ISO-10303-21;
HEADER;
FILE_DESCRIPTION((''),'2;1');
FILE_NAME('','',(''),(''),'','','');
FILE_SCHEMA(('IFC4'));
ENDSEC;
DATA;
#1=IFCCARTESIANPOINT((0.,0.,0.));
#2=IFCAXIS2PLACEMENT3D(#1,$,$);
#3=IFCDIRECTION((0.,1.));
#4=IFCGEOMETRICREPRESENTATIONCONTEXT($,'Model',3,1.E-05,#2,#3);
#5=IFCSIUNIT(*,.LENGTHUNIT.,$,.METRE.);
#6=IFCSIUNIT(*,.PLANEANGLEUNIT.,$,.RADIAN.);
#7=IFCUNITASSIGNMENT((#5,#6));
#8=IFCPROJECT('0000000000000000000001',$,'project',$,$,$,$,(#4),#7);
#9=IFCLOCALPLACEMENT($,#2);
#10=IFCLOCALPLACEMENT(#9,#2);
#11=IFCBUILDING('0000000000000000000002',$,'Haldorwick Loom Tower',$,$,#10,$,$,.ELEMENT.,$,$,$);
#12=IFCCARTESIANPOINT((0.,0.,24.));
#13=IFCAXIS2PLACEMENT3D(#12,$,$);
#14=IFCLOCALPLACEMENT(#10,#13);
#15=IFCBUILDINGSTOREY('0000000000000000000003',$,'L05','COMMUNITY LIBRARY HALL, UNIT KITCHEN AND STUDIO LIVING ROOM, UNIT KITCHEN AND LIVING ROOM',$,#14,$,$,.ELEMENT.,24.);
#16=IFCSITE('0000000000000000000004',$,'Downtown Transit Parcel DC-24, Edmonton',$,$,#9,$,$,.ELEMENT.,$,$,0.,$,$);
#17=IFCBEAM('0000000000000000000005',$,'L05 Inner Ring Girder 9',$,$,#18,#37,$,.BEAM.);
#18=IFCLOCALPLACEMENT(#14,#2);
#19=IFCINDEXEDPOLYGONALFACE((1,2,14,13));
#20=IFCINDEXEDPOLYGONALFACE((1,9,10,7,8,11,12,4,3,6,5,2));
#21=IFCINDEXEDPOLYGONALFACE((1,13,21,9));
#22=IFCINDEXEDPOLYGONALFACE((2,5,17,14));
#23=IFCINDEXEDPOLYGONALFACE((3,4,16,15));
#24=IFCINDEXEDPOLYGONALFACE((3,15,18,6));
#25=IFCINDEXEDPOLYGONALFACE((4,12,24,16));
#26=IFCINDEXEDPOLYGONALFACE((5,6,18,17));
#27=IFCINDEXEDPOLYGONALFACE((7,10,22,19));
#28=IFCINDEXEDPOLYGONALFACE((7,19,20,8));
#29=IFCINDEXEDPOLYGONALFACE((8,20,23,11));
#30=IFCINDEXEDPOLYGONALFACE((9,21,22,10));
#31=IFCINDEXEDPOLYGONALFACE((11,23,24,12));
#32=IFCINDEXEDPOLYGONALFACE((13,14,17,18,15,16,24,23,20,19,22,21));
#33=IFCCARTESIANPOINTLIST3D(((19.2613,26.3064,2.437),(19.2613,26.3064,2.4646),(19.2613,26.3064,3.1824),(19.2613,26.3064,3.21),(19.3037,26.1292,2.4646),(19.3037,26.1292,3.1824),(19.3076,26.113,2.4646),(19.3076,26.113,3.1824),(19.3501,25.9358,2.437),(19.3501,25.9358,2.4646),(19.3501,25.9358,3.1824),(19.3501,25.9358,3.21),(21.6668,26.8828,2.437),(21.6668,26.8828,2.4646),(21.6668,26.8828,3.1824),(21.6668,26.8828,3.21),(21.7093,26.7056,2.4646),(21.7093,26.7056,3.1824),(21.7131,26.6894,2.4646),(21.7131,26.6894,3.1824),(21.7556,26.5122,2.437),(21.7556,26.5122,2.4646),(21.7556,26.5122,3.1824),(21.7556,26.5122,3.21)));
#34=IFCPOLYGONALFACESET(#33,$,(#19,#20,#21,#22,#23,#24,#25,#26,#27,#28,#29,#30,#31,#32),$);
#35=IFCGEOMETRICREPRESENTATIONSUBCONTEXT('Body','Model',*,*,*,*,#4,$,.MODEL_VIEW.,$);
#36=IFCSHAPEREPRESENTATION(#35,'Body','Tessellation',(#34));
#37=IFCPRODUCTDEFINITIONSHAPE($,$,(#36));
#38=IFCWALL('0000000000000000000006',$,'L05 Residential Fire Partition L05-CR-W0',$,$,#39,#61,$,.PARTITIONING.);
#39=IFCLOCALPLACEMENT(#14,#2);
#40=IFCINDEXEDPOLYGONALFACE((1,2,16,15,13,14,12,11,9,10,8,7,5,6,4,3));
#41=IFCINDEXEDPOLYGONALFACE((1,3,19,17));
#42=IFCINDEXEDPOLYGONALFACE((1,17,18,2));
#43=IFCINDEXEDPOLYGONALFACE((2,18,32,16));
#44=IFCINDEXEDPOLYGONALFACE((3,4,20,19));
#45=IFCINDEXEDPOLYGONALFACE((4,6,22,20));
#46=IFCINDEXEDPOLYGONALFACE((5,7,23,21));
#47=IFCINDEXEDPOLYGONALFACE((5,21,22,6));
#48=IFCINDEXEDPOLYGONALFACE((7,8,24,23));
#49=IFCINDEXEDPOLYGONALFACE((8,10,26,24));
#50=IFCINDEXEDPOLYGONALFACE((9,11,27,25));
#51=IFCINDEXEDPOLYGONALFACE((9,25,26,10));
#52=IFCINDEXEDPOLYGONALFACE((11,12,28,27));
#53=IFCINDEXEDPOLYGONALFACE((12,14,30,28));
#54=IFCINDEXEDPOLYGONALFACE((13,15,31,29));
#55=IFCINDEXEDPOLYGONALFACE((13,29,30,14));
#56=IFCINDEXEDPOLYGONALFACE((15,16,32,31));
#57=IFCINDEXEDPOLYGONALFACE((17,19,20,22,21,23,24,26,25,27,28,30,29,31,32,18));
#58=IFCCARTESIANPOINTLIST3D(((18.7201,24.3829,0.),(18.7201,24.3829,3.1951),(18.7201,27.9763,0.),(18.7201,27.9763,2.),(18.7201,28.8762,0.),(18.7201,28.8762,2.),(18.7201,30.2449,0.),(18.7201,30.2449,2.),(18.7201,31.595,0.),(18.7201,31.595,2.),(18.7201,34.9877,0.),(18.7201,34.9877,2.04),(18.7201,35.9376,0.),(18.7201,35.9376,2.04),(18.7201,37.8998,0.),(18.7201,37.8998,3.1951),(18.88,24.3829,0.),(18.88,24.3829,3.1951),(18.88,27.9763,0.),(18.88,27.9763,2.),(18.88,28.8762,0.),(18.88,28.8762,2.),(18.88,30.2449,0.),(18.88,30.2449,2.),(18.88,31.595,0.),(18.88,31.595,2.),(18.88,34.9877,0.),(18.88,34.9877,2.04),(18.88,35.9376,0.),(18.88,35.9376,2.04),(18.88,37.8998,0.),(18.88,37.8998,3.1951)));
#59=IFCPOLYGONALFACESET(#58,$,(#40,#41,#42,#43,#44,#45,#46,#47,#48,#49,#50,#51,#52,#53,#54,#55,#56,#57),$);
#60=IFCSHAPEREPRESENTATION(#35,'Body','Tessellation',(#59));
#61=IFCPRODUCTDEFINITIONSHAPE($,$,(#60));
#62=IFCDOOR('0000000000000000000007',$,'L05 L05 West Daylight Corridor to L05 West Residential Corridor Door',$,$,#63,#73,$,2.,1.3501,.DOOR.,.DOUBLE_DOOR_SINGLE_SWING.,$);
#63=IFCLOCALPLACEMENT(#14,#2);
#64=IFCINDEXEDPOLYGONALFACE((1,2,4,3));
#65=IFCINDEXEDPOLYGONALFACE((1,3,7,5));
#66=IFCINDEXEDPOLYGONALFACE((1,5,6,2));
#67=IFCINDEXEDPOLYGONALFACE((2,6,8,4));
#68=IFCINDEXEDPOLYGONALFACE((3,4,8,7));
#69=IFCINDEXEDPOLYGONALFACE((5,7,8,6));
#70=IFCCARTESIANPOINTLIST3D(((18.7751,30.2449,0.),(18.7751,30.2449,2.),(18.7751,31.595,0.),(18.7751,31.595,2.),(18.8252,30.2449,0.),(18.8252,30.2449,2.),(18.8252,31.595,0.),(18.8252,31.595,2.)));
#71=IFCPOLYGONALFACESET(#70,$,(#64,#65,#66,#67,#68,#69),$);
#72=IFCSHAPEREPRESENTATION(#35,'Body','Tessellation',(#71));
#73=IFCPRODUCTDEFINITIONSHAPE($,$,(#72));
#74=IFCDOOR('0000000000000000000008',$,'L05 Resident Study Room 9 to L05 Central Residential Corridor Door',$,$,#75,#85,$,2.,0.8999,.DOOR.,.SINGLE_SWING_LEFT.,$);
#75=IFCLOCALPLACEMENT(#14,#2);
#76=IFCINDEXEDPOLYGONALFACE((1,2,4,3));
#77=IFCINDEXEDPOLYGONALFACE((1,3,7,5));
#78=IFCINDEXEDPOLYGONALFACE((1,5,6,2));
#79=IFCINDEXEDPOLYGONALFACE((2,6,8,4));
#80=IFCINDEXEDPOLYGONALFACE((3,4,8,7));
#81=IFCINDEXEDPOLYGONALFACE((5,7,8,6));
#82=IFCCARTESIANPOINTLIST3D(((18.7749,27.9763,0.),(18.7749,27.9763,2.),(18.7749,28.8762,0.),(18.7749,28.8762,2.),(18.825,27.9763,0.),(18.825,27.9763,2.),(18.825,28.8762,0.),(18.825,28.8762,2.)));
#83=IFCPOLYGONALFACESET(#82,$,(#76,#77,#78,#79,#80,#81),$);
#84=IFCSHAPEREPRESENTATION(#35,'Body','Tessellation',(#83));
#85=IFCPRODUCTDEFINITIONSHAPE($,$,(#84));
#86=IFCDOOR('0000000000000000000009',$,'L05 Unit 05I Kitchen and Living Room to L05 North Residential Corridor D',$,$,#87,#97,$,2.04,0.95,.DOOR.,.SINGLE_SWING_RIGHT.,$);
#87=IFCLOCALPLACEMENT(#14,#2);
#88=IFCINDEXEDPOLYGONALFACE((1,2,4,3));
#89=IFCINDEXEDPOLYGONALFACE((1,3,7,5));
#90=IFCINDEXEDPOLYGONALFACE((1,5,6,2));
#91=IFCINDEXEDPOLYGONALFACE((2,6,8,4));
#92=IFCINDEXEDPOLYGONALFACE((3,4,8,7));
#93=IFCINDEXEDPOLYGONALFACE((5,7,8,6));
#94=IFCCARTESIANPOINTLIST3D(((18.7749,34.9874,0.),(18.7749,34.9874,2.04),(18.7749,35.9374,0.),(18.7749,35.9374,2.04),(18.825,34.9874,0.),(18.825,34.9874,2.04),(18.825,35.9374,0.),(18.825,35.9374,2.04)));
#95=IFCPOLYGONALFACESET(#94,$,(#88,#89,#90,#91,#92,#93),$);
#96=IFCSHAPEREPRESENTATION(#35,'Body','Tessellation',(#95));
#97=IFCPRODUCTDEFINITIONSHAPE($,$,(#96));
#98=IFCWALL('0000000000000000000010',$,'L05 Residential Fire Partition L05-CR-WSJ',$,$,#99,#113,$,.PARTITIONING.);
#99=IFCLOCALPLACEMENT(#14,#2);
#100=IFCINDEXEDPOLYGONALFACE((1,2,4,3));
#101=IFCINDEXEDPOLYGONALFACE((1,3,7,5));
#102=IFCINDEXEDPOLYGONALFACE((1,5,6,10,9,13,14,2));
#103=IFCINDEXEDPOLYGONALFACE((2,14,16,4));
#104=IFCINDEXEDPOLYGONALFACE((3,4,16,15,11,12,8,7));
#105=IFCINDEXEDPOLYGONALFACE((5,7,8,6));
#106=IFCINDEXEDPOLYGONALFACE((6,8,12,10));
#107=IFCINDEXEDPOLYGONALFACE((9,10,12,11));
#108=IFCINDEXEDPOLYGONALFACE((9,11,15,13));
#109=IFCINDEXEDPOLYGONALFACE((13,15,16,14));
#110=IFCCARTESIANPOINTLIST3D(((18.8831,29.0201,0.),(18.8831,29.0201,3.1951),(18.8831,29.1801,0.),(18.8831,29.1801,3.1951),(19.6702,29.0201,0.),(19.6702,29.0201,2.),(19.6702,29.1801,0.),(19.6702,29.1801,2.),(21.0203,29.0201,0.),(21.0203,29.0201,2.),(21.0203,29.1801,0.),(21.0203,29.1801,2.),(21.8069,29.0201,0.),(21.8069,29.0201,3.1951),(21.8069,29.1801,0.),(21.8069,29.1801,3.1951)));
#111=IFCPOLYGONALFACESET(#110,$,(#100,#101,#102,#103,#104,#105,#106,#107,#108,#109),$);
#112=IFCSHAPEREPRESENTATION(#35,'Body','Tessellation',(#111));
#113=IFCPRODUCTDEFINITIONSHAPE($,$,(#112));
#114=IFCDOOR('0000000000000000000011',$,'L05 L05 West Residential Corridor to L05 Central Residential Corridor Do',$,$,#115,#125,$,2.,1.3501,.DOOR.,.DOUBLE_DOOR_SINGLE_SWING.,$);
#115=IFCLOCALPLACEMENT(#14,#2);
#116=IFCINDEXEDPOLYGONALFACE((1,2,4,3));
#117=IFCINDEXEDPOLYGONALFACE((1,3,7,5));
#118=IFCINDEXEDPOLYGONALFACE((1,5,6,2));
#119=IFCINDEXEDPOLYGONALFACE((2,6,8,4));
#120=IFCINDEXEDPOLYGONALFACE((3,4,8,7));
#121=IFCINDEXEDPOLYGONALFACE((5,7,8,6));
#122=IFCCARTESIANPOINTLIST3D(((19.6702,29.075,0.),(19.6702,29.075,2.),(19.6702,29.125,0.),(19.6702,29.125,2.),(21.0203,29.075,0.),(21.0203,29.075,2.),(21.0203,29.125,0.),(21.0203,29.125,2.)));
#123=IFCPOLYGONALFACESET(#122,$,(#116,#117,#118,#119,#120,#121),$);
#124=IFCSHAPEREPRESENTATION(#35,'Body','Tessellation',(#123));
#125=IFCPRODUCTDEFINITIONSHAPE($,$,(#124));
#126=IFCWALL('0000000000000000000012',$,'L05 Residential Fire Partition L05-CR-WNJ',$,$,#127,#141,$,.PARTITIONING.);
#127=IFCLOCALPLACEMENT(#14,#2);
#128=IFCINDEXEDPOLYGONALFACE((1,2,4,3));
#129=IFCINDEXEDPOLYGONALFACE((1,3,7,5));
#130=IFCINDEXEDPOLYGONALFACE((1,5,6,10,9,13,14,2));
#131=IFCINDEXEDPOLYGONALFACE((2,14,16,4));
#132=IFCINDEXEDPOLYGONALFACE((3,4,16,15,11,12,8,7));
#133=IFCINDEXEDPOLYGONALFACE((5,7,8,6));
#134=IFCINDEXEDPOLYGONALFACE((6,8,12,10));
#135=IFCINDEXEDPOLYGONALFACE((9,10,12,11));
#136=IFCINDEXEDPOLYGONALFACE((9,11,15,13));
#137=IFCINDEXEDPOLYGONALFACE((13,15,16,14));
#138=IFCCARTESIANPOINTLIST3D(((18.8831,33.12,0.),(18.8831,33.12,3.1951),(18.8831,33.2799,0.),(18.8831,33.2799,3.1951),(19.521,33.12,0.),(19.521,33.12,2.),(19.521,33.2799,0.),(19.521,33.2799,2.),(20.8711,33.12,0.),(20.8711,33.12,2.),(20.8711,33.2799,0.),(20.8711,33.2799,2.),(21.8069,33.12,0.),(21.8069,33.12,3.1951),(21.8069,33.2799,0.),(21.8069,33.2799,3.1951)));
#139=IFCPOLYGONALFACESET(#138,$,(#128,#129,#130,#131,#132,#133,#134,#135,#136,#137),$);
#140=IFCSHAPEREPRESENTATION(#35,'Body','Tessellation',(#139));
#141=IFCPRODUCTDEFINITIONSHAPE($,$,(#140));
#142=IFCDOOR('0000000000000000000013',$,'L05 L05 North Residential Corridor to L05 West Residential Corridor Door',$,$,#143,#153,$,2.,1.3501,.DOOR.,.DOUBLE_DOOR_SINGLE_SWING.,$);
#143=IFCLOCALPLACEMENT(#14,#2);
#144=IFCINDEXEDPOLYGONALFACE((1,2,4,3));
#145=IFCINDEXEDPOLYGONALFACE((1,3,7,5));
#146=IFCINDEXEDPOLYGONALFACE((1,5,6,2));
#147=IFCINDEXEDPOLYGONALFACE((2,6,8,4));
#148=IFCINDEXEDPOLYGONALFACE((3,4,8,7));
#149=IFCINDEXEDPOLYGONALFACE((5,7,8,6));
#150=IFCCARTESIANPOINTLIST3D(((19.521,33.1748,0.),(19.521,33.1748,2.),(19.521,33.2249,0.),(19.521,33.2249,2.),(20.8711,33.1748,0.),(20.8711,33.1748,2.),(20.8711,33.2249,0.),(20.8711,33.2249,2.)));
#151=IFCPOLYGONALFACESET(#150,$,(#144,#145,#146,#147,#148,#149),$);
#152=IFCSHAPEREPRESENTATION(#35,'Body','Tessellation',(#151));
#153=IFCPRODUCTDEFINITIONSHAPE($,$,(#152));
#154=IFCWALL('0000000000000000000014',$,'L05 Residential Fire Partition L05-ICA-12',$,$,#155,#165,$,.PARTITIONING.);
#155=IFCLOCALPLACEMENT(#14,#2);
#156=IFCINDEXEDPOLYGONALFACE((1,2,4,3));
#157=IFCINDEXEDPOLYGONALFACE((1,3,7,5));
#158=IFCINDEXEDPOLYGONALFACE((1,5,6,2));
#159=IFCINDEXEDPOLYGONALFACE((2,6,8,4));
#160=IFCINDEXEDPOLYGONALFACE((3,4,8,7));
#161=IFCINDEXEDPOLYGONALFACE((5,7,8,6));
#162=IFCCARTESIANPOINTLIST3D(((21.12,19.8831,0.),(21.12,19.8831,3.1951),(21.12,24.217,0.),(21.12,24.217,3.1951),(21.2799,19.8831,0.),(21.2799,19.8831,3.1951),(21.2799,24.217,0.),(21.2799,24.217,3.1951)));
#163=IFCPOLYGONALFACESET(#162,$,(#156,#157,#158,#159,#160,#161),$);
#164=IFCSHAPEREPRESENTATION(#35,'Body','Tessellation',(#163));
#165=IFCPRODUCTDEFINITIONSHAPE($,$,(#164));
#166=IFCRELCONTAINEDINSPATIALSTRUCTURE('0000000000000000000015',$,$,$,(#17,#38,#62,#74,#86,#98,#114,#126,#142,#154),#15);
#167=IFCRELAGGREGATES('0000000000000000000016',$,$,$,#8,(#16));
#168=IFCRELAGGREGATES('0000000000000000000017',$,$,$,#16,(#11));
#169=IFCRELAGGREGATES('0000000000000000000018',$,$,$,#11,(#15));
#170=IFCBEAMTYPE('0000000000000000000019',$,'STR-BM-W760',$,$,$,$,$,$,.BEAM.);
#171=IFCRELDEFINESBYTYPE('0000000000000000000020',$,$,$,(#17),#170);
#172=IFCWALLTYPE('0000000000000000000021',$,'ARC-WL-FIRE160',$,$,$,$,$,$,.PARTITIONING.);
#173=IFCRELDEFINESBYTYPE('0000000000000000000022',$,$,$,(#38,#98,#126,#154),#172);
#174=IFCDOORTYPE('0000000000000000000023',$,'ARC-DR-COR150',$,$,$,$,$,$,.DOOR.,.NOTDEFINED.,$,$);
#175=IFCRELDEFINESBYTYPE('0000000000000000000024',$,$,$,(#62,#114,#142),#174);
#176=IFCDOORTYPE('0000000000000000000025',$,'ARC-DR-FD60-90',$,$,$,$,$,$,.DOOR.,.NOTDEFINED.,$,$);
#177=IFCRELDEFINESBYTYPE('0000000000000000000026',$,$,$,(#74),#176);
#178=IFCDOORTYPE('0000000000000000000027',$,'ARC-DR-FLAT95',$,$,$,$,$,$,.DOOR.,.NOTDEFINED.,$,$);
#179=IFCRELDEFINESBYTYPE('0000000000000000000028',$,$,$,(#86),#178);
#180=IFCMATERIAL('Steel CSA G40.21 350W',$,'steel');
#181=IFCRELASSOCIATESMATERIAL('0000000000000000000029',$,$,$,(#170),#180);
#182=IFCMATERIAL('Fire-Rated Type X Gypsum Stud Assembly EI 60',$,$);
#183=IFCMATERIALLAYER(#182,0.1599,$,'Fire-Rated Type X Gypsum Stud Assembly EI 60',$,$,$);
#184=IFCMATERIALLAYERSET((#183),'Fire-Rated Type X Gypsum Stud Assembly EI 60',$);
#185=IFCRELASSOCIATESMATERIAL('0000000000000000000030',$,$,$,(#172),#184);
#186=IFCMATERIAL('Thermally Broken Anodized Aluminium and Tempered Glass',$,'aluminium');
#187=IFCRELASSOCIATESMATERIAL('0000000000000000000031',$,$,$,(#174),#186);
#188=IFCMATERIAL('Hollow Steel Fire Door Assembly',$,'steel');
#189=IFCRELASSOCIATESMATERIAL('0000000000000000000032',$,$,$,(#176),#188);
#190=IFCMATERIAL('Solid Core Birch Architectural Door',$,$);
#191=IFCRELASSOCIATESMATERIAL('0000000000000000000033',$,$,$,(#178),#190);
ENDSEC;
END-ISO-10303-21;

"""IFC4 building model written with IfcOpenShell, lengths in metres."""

from ifc_helpers import new_model, si_unit, direction, frame, frame_2d, origin, origin_2d, place, context, subcontext, project, spatial, rectangle, i_section, extrude, material, layer, layer_set, material_profile, profile_set, type_object, element, fill, save


model = new_model("IFC4")

# Units and contexts
model_context = context("Model", 3, precision=1e-05, world=origin(), true_north=direction((0.0, 1.0)))
body_context = subcontext(model_context, "Body", "Model", "MODEL_VIEW")
ifc_project = project(units=[si_unit("LENGTHUNIT", "METRE"), si_unit("PLANEANGLEUNIT", "RADIAN")], contexts=[model_context])

# Site, building, storey
site_placement = place(None, origin())
site = spatial("IfcSite", under=ifc_project, at=site_placement, Name="Downtown Transit Parcel DC-24, Edmonton", CompositionType="ELEMENT", RefElevation=0.0)
building_placement = place(site_placement, origin())
building = spatial("IfcBuilding", under=site, at=building_placement, Name="Haldorwick Loom Tower", CompositionType="ELEMENT")
storey_placement = place(building_placement, frame((0.0, 0.0, 24.0)))
storey = spatial("IfcBuildingStorey", under=building, at=storey_placement, Name="L05", Description="COMMUNITY LIBRARY HALL, UNIT KITCHEN AND STUDIO LIVING ROOM, UNIT KITCHEN AND LIVING ROOM", CompositionType="ELEMENT", Elevation=24.0)

# Beam
ifc_material_1 = material(Name="Steel CSA G40.21 350W", Category="steel")
ifc_material_profile_1 = material_profile(ifc_material_1, i_section(OverallWidth=0.3811, OverallDepth=0.7729, WebThickness=0.0166, FlangeThickness=0.0276, at=origin_2d()), Name="W760X257", Category="steel")
ifc_profile_set_1 = profile_set([ifc_material_profile_1], Name="Steel CSA G40.21 350W")
beam_type_1 = type_object("IfcBeamType", Name="STR-BM-W760", PredefinedType="BEAM", material=ifc_profile_set_1)
beam_1_placement = place(storey_placement, frame((19.3057, 26.1211, 2.8235), z_axis=(0.972471, 0.233026, 0.0), x_axis=(-0.233026, 0.972471, 0.0)))
element("IfcBeam", 1, at=beam_1_placement, inside=storey, type_object=beam_type_1, Name="L05 Inner Ring Girder 9", PredefinedType="BEAM", context=body_context, shape_type="SweptSolid", body=[
    extrude(i_section(OverallWidth=0.3811, OverallDepth=0.7729, WebThickness=0.0166, FlangeThickness=0.0276, at=origin_2d()), origin(), (0.0, 0.0, 1.0), 2.4736),
])

# Wall, openings, doors
ifc_material_2 = material(Name="Fire-Rated Type X Gypsum Stud Assembly EI 60")
ifc_layer_1 = layer(ifc_material_2, 0.1599, Name="Fire-Rated Type X Gypsum Stud Assembly EI 60")
ifc_layer_set_1 = layer_set([ifc_layer_1], Name="Fire-Rated Type X Gypsum Stud Assembly EI 60")
wall_type_1 = type_object("IfcWallType", Name="ARC-WL-FIRE160", PredefinedType="PARTITIONING", material=ifc_layer_set_1)
wall_1_placement = place(storey_placement, frame((18.8, 24.3831, 0.0), z_axis=(0.0, 0.0, 1.0), x_axis=(0.0, 1.0, 0.0)))
wall_1 = element("IfcWall", 2, at=wall_1_placement, inside=storey, type_object=wall_type_1, Name="L05 Residential Fire Partition L05-CR-W0", PredefinedType="PARTITIONING", context=body_context, shape_type="SweptSolid", body=[
    extrude(rectangle(XDim=13.5168, YDim=0.1599, at=frame_2d((6.7583, 0.0))), origin(), (0.0, 0.0, 1.0), 3.1951),
])
opening_1_placement = place(wall_1_placement, frame((5.8618, 0.0, 0.0)))
opening_1 = element("IfcOpeningElement", 3, at=opening_1_placement, cuts=wall_1, PredefinedType="OPENING", context=body_context, shape_type="SweptSolid", body=[
    extrude(rectangle(XDim=1.3501, YDim=2.0, at=frame_2d((0.675, 1.0))), frame((0.0, 0.0898, 0.0), z_axis=(0.0, -1.0, 0.0), x_axis=(1.0, 0.0, 0.0)), (0.0, 0.0, 1.0), 0.1799),
])
opening_2_placement = place(wall_1_placement, frame((10.6045, 0.0, 0.0)))
opening_2 = element("IfcOpeningElement", 4, at=opening_2_placement, cuts=wall_1, PredefinedType="OPENING", context=body_context, shape_type="SweptSolid", body=[
    extrude(rectangle(XDim=0.95, YDim=2.04, at=frame_2d((0.4751, 1.02))), frame((0.0, 0.0898, 0.0), z_axis=(0.0, -1.0, 0.0), x_axis=(1.0, 0.0, 0.0)), (0.0, 0.0, 1.0), 0.1799),
])
opening_3_placement = place(wall_1_placement, frame((3.5933, 0.0, 0.0)))
opening_3 = element("IfcOpeningElement", 5, at=opening_3_placement, cuts=wall_1, PredefinedType="OPENING", context=body_context, shape_type="SweptSolid", body=[
    extrude(rectangle(XDim=0.8999, YDim=2.0, at=frame_2d((0.45, 1.0))), frame((0.0, 0.0898, 0.0), z_axis=(0.0, -1.0, 0.0), x_axis=(1.0, 0.0, 0.0)), (0.0, 0.0, 1.0), 0.1799),
])
ifc_material_3 = material(Name="Thermally Broken Anodized Aluminium and Tempered Glass", Category="aluminium")
door_type_1 = type_object("IfcDoorType", Name="ARC-DR-COR150", OperationType="NOTDEFINED", PredefinedType="DOOR", material=ifc_material_3)
door_1_placement = place(opening_1_placement, origin())
door_1 = element("IfcDoor", 6, at=door_1_placement, inside=storey, type_object=door_type_1, Name="L05 L05 West Daylight Corridor to L05 West Residential Corridor Door", OperationType="DOUBLE_DOOR_SINGLE_SWING", OverallHeight=2.0, OverallWidth=1.3501, PredefinedType="DOOR", context=body_context, shape_type="SweptSolid", body=[
    extrude(rectangle(XDim=1.3501, YDim=2.0, at=frame_2d((0.675, 1.0))), frame((0.0, 0.0249, 0.0), z_axis=(0.0, -1.0, 0.0), x_axis=(1.0, 0.0, 0.0)), (0.0, 0.0, 1.0), 0.05),
])
fill(opening_1, door_1)
ifc_material_4 = material(Name="Hollow Steel Fire Door Assembly", Category="steel")
door_type_2 = type_object("IfcDoorType", Name="ARC-DR-FD60-90", OperationType="NOTDEFINED", PredefinedType="DOOR", material=ifc_material_4)
door_2_placement = place(opening_3_placement, frame((0.8999, 0.0, 0.0), z_axis=(0.0, 0.0, 1.0), x_axis=(-1.0, 0.0, 0.0)))
door_2 = element("IfcDoor", 7, at=door_2_placement, inside=storey, type_object=door_type_2, Name="L05 Resident Study Room 9 to L05 Central Residential Corridor Door", OperationType="SINGLE_SWING_LEFT", OverallHeight=2.0, OverallWidth=0.8999, PredefinedType="DOOR", context=body_context, shape_type="SweptSolid", body=[
    extrude(rectangle(XDim=0.8999, YDim=2.0, at=frame_2d((0.45, 1.0))), frame((0.0, 0.0249, 0.0), z_axis=(0.0, -1.0, 0.0), x_axis=(1.0, 0.0, 0.0)), (0.0, 0.0, 1.0), 0.05),
])
fill(opening_3, door_2)
ifc_material_5 = material(Name="Solid Core Birch Architectural Door")
door_type_3 = type_object("IfcDoorType", Name="ARC-DR-FLAT95", OperationType="NOTDEFINED", PredefinedType="DOOR", material=ifc_material_5)
door_3_placement = place(opening_2_placement, frame((0.95, 0.0, 0.0), z_axis=(0.0, 0.0, 1.0), x_axis=(-1.0, 0.0, 0.0)))
door_3 = element("IfcDoor", 8, at=door_3_placement, inside=storey, type_object=door_type_3, Name="L05 Unit 05I Kitchen and Living Room to L05 North Residential Corridor D", OperationType="SINGLE_SWING_RIGHT", OverallHeight=2.04, OverallWidth=0.95, PredefinedType="DOOR", context=body_context, shape_type="SweptSolid", body=[
    extrude(rectangle(XDim=0.95, YDim=2.04, at=frame_2d((0.4751, 1.02))), frame((0.0, 0.0249, 0.0), z_axis=(0.0, -1.0, 0.0), x_axis=(1.0, 0.0, 0.0)), (0.0, 0.0, 1.0), 0.05),
])
fill(opening_2, door_3)

# Walls, openings, doors
wall_2_placement = place(storey_placement, frame((18.8831, 29.1001, 0.0), z_axis=(0.0, 0.0, 1.0), x_axis=(1.0, 0.0, 0.0)))
wall_2 = element("IfcWall", 9, at=wall_2_placement, inside=storey, type_object=wall_type_1, Name="L05 Residential Fire Partition L05-CR-WSJ", PredefinedType="PARTITIONING", context=body_context, shape_type="SweptSolid", body=[
    extrude(rectangle(XDim=2.9238, YDim=0.1599, at=frame_2d((1.4619, 0.0))), origin(), (0.0, 0.0, 1.0), 3.1951),
])
opening_4_placement = place(wall_2_placement, frame((0.7871, 0.0, 0.0)))
opening_4 = element("IfcOpeningElement", 10, at=opening_4_placement, cuts=wall_2, PredefinedType="OPENING", context=body_context, shape_type="SweptSolid", body=[
    extrude(rectangle(XDim=1.3501, YDim=2.0, at=frame_2d((0.675, 1.0))), frame((0.0, 0.0898, 0.0), z_axis=(0.0, -1.0, 0.0), x_axis=(1.0, 0.0, 0.0)), (0.0, 0.0, 1.0), 0.1799),
])
door_4_placement = place(opening_4_placement, origin())
door_4 = element("IfcDoor", 11, at=door_4_placement, inside=storey, type_object=door_type_1, Name="L05 L05 West Residential Corridor to L05 Central Residential Corridor Do", OperationType="DOUBLE_DOOR_SINGLE_SWING", OverallHeight=2.0, OverallWidth=1.3501, PredefinedType="DOOR", context=body_context, shape_type="SweptSolid", body=[
    extrude(rectangle(XDim=1.3501, YDim=2.0, at=frame_2d((0.675, 1.0))), frame((0.0, 0.0249, 0.0), z_axis=(0.0, -1.0, 0.0), x_axis=(1.0, 0.0, 0.0)), (0.0, 0.0, 1.0), 0.05),
])
fill(opening_4, door_4)
wall_3_placement = place(storey_placement, frame((18.8831, 33.2, 0.0), z_axis=(0.0, 0.0, 1.0), x_axis=(1.0, 0.0, 0.0)))
wall_3 = element("IfcWall", 12, at=wall_3_placement, inside=storey, type_object=wall_type_1, Name="L05 Residential Fire Partition L05-CR-WNJ", PredefinedType="PARTITIONING", context=body_context, shape_type="SweptSolid", body=[
    extrude(rectangle(XDim=2.9238, YDim=0.1599, at=frame_2d((1.4619, 0.0))), origin(), (0.0, 0.0, 1.0), 3.1951),
])
opening_5_placement = place(wall_3_placement, frame((0.6379, 0.0, 0.0)))
opening_5 = element("IfcOpeningElement", 13, at=opening_5_placement, cuts=wall_3, PredefinedType="OPENING", context=body_context, shape_type="SweptSolid", body=[
    extrude(rectangle(XDim=1.3501, YDim=2.0, at=frame_2d((0.675, 1.0))), frame((0.0, 0.0898, 0.0), z_axis=(0.0, -1.0, 0.0), x_axis=(1.0, 0.0, 0.0)), (0.0, 0.0, 1.0), 0.1799),
])
door_5_placement = place(opening_5_placement, origin())
door_5 = element("IfcDoor", 14, at=door_5_placement, inside=storey, type_object=door_type_1, Name="L05 L05 North Residential Corridor to L05 West Residential Corridor Door", OperationType="DOUBLE_DOOR_SINGLE_SWING", OverallHeight=2.0, OverallWidth=1.3501, PredefinedType="DOOR", context=body_context, shape_type="SweptSolid", body=[
    extrude(rectangle(XDim=1.3501, YDim=2.0, at=frame_2d((0.675, 1.0))), frame((0.0, 0.0249, 0.0), z_axis=(0.0, -1.0, 0.0), x_axis=(1.0, 0.0, 0.0)), (0.0, 0.0, 1.0), 0.05),
])
fill(opening_5, door_5)

# Wall
wall_4_placement = place(storey_placement, frame((21.2, 24.217, 0.0), z_axis=(0.0, 0.0, 1.0), x_axis=(0.0, -1.0, 0.0)))
element("IfcWall", 15, at=wall_4_placement, inside=storey, type_object=wall_type_1, Name="L05 Residential Fire Partition L05-ICA-12", PredefinedType="PARTITIONING", context=body_context, shape_type="SweptSolid", body=[
    extrude(rectangle(XDim=4.334, YDim=0.1599, at=frame_2d((2.167, 0.0))), origin(), (0.0, 0.0, 1.0), 3.1951),
])

save(model, "model.ifc")
